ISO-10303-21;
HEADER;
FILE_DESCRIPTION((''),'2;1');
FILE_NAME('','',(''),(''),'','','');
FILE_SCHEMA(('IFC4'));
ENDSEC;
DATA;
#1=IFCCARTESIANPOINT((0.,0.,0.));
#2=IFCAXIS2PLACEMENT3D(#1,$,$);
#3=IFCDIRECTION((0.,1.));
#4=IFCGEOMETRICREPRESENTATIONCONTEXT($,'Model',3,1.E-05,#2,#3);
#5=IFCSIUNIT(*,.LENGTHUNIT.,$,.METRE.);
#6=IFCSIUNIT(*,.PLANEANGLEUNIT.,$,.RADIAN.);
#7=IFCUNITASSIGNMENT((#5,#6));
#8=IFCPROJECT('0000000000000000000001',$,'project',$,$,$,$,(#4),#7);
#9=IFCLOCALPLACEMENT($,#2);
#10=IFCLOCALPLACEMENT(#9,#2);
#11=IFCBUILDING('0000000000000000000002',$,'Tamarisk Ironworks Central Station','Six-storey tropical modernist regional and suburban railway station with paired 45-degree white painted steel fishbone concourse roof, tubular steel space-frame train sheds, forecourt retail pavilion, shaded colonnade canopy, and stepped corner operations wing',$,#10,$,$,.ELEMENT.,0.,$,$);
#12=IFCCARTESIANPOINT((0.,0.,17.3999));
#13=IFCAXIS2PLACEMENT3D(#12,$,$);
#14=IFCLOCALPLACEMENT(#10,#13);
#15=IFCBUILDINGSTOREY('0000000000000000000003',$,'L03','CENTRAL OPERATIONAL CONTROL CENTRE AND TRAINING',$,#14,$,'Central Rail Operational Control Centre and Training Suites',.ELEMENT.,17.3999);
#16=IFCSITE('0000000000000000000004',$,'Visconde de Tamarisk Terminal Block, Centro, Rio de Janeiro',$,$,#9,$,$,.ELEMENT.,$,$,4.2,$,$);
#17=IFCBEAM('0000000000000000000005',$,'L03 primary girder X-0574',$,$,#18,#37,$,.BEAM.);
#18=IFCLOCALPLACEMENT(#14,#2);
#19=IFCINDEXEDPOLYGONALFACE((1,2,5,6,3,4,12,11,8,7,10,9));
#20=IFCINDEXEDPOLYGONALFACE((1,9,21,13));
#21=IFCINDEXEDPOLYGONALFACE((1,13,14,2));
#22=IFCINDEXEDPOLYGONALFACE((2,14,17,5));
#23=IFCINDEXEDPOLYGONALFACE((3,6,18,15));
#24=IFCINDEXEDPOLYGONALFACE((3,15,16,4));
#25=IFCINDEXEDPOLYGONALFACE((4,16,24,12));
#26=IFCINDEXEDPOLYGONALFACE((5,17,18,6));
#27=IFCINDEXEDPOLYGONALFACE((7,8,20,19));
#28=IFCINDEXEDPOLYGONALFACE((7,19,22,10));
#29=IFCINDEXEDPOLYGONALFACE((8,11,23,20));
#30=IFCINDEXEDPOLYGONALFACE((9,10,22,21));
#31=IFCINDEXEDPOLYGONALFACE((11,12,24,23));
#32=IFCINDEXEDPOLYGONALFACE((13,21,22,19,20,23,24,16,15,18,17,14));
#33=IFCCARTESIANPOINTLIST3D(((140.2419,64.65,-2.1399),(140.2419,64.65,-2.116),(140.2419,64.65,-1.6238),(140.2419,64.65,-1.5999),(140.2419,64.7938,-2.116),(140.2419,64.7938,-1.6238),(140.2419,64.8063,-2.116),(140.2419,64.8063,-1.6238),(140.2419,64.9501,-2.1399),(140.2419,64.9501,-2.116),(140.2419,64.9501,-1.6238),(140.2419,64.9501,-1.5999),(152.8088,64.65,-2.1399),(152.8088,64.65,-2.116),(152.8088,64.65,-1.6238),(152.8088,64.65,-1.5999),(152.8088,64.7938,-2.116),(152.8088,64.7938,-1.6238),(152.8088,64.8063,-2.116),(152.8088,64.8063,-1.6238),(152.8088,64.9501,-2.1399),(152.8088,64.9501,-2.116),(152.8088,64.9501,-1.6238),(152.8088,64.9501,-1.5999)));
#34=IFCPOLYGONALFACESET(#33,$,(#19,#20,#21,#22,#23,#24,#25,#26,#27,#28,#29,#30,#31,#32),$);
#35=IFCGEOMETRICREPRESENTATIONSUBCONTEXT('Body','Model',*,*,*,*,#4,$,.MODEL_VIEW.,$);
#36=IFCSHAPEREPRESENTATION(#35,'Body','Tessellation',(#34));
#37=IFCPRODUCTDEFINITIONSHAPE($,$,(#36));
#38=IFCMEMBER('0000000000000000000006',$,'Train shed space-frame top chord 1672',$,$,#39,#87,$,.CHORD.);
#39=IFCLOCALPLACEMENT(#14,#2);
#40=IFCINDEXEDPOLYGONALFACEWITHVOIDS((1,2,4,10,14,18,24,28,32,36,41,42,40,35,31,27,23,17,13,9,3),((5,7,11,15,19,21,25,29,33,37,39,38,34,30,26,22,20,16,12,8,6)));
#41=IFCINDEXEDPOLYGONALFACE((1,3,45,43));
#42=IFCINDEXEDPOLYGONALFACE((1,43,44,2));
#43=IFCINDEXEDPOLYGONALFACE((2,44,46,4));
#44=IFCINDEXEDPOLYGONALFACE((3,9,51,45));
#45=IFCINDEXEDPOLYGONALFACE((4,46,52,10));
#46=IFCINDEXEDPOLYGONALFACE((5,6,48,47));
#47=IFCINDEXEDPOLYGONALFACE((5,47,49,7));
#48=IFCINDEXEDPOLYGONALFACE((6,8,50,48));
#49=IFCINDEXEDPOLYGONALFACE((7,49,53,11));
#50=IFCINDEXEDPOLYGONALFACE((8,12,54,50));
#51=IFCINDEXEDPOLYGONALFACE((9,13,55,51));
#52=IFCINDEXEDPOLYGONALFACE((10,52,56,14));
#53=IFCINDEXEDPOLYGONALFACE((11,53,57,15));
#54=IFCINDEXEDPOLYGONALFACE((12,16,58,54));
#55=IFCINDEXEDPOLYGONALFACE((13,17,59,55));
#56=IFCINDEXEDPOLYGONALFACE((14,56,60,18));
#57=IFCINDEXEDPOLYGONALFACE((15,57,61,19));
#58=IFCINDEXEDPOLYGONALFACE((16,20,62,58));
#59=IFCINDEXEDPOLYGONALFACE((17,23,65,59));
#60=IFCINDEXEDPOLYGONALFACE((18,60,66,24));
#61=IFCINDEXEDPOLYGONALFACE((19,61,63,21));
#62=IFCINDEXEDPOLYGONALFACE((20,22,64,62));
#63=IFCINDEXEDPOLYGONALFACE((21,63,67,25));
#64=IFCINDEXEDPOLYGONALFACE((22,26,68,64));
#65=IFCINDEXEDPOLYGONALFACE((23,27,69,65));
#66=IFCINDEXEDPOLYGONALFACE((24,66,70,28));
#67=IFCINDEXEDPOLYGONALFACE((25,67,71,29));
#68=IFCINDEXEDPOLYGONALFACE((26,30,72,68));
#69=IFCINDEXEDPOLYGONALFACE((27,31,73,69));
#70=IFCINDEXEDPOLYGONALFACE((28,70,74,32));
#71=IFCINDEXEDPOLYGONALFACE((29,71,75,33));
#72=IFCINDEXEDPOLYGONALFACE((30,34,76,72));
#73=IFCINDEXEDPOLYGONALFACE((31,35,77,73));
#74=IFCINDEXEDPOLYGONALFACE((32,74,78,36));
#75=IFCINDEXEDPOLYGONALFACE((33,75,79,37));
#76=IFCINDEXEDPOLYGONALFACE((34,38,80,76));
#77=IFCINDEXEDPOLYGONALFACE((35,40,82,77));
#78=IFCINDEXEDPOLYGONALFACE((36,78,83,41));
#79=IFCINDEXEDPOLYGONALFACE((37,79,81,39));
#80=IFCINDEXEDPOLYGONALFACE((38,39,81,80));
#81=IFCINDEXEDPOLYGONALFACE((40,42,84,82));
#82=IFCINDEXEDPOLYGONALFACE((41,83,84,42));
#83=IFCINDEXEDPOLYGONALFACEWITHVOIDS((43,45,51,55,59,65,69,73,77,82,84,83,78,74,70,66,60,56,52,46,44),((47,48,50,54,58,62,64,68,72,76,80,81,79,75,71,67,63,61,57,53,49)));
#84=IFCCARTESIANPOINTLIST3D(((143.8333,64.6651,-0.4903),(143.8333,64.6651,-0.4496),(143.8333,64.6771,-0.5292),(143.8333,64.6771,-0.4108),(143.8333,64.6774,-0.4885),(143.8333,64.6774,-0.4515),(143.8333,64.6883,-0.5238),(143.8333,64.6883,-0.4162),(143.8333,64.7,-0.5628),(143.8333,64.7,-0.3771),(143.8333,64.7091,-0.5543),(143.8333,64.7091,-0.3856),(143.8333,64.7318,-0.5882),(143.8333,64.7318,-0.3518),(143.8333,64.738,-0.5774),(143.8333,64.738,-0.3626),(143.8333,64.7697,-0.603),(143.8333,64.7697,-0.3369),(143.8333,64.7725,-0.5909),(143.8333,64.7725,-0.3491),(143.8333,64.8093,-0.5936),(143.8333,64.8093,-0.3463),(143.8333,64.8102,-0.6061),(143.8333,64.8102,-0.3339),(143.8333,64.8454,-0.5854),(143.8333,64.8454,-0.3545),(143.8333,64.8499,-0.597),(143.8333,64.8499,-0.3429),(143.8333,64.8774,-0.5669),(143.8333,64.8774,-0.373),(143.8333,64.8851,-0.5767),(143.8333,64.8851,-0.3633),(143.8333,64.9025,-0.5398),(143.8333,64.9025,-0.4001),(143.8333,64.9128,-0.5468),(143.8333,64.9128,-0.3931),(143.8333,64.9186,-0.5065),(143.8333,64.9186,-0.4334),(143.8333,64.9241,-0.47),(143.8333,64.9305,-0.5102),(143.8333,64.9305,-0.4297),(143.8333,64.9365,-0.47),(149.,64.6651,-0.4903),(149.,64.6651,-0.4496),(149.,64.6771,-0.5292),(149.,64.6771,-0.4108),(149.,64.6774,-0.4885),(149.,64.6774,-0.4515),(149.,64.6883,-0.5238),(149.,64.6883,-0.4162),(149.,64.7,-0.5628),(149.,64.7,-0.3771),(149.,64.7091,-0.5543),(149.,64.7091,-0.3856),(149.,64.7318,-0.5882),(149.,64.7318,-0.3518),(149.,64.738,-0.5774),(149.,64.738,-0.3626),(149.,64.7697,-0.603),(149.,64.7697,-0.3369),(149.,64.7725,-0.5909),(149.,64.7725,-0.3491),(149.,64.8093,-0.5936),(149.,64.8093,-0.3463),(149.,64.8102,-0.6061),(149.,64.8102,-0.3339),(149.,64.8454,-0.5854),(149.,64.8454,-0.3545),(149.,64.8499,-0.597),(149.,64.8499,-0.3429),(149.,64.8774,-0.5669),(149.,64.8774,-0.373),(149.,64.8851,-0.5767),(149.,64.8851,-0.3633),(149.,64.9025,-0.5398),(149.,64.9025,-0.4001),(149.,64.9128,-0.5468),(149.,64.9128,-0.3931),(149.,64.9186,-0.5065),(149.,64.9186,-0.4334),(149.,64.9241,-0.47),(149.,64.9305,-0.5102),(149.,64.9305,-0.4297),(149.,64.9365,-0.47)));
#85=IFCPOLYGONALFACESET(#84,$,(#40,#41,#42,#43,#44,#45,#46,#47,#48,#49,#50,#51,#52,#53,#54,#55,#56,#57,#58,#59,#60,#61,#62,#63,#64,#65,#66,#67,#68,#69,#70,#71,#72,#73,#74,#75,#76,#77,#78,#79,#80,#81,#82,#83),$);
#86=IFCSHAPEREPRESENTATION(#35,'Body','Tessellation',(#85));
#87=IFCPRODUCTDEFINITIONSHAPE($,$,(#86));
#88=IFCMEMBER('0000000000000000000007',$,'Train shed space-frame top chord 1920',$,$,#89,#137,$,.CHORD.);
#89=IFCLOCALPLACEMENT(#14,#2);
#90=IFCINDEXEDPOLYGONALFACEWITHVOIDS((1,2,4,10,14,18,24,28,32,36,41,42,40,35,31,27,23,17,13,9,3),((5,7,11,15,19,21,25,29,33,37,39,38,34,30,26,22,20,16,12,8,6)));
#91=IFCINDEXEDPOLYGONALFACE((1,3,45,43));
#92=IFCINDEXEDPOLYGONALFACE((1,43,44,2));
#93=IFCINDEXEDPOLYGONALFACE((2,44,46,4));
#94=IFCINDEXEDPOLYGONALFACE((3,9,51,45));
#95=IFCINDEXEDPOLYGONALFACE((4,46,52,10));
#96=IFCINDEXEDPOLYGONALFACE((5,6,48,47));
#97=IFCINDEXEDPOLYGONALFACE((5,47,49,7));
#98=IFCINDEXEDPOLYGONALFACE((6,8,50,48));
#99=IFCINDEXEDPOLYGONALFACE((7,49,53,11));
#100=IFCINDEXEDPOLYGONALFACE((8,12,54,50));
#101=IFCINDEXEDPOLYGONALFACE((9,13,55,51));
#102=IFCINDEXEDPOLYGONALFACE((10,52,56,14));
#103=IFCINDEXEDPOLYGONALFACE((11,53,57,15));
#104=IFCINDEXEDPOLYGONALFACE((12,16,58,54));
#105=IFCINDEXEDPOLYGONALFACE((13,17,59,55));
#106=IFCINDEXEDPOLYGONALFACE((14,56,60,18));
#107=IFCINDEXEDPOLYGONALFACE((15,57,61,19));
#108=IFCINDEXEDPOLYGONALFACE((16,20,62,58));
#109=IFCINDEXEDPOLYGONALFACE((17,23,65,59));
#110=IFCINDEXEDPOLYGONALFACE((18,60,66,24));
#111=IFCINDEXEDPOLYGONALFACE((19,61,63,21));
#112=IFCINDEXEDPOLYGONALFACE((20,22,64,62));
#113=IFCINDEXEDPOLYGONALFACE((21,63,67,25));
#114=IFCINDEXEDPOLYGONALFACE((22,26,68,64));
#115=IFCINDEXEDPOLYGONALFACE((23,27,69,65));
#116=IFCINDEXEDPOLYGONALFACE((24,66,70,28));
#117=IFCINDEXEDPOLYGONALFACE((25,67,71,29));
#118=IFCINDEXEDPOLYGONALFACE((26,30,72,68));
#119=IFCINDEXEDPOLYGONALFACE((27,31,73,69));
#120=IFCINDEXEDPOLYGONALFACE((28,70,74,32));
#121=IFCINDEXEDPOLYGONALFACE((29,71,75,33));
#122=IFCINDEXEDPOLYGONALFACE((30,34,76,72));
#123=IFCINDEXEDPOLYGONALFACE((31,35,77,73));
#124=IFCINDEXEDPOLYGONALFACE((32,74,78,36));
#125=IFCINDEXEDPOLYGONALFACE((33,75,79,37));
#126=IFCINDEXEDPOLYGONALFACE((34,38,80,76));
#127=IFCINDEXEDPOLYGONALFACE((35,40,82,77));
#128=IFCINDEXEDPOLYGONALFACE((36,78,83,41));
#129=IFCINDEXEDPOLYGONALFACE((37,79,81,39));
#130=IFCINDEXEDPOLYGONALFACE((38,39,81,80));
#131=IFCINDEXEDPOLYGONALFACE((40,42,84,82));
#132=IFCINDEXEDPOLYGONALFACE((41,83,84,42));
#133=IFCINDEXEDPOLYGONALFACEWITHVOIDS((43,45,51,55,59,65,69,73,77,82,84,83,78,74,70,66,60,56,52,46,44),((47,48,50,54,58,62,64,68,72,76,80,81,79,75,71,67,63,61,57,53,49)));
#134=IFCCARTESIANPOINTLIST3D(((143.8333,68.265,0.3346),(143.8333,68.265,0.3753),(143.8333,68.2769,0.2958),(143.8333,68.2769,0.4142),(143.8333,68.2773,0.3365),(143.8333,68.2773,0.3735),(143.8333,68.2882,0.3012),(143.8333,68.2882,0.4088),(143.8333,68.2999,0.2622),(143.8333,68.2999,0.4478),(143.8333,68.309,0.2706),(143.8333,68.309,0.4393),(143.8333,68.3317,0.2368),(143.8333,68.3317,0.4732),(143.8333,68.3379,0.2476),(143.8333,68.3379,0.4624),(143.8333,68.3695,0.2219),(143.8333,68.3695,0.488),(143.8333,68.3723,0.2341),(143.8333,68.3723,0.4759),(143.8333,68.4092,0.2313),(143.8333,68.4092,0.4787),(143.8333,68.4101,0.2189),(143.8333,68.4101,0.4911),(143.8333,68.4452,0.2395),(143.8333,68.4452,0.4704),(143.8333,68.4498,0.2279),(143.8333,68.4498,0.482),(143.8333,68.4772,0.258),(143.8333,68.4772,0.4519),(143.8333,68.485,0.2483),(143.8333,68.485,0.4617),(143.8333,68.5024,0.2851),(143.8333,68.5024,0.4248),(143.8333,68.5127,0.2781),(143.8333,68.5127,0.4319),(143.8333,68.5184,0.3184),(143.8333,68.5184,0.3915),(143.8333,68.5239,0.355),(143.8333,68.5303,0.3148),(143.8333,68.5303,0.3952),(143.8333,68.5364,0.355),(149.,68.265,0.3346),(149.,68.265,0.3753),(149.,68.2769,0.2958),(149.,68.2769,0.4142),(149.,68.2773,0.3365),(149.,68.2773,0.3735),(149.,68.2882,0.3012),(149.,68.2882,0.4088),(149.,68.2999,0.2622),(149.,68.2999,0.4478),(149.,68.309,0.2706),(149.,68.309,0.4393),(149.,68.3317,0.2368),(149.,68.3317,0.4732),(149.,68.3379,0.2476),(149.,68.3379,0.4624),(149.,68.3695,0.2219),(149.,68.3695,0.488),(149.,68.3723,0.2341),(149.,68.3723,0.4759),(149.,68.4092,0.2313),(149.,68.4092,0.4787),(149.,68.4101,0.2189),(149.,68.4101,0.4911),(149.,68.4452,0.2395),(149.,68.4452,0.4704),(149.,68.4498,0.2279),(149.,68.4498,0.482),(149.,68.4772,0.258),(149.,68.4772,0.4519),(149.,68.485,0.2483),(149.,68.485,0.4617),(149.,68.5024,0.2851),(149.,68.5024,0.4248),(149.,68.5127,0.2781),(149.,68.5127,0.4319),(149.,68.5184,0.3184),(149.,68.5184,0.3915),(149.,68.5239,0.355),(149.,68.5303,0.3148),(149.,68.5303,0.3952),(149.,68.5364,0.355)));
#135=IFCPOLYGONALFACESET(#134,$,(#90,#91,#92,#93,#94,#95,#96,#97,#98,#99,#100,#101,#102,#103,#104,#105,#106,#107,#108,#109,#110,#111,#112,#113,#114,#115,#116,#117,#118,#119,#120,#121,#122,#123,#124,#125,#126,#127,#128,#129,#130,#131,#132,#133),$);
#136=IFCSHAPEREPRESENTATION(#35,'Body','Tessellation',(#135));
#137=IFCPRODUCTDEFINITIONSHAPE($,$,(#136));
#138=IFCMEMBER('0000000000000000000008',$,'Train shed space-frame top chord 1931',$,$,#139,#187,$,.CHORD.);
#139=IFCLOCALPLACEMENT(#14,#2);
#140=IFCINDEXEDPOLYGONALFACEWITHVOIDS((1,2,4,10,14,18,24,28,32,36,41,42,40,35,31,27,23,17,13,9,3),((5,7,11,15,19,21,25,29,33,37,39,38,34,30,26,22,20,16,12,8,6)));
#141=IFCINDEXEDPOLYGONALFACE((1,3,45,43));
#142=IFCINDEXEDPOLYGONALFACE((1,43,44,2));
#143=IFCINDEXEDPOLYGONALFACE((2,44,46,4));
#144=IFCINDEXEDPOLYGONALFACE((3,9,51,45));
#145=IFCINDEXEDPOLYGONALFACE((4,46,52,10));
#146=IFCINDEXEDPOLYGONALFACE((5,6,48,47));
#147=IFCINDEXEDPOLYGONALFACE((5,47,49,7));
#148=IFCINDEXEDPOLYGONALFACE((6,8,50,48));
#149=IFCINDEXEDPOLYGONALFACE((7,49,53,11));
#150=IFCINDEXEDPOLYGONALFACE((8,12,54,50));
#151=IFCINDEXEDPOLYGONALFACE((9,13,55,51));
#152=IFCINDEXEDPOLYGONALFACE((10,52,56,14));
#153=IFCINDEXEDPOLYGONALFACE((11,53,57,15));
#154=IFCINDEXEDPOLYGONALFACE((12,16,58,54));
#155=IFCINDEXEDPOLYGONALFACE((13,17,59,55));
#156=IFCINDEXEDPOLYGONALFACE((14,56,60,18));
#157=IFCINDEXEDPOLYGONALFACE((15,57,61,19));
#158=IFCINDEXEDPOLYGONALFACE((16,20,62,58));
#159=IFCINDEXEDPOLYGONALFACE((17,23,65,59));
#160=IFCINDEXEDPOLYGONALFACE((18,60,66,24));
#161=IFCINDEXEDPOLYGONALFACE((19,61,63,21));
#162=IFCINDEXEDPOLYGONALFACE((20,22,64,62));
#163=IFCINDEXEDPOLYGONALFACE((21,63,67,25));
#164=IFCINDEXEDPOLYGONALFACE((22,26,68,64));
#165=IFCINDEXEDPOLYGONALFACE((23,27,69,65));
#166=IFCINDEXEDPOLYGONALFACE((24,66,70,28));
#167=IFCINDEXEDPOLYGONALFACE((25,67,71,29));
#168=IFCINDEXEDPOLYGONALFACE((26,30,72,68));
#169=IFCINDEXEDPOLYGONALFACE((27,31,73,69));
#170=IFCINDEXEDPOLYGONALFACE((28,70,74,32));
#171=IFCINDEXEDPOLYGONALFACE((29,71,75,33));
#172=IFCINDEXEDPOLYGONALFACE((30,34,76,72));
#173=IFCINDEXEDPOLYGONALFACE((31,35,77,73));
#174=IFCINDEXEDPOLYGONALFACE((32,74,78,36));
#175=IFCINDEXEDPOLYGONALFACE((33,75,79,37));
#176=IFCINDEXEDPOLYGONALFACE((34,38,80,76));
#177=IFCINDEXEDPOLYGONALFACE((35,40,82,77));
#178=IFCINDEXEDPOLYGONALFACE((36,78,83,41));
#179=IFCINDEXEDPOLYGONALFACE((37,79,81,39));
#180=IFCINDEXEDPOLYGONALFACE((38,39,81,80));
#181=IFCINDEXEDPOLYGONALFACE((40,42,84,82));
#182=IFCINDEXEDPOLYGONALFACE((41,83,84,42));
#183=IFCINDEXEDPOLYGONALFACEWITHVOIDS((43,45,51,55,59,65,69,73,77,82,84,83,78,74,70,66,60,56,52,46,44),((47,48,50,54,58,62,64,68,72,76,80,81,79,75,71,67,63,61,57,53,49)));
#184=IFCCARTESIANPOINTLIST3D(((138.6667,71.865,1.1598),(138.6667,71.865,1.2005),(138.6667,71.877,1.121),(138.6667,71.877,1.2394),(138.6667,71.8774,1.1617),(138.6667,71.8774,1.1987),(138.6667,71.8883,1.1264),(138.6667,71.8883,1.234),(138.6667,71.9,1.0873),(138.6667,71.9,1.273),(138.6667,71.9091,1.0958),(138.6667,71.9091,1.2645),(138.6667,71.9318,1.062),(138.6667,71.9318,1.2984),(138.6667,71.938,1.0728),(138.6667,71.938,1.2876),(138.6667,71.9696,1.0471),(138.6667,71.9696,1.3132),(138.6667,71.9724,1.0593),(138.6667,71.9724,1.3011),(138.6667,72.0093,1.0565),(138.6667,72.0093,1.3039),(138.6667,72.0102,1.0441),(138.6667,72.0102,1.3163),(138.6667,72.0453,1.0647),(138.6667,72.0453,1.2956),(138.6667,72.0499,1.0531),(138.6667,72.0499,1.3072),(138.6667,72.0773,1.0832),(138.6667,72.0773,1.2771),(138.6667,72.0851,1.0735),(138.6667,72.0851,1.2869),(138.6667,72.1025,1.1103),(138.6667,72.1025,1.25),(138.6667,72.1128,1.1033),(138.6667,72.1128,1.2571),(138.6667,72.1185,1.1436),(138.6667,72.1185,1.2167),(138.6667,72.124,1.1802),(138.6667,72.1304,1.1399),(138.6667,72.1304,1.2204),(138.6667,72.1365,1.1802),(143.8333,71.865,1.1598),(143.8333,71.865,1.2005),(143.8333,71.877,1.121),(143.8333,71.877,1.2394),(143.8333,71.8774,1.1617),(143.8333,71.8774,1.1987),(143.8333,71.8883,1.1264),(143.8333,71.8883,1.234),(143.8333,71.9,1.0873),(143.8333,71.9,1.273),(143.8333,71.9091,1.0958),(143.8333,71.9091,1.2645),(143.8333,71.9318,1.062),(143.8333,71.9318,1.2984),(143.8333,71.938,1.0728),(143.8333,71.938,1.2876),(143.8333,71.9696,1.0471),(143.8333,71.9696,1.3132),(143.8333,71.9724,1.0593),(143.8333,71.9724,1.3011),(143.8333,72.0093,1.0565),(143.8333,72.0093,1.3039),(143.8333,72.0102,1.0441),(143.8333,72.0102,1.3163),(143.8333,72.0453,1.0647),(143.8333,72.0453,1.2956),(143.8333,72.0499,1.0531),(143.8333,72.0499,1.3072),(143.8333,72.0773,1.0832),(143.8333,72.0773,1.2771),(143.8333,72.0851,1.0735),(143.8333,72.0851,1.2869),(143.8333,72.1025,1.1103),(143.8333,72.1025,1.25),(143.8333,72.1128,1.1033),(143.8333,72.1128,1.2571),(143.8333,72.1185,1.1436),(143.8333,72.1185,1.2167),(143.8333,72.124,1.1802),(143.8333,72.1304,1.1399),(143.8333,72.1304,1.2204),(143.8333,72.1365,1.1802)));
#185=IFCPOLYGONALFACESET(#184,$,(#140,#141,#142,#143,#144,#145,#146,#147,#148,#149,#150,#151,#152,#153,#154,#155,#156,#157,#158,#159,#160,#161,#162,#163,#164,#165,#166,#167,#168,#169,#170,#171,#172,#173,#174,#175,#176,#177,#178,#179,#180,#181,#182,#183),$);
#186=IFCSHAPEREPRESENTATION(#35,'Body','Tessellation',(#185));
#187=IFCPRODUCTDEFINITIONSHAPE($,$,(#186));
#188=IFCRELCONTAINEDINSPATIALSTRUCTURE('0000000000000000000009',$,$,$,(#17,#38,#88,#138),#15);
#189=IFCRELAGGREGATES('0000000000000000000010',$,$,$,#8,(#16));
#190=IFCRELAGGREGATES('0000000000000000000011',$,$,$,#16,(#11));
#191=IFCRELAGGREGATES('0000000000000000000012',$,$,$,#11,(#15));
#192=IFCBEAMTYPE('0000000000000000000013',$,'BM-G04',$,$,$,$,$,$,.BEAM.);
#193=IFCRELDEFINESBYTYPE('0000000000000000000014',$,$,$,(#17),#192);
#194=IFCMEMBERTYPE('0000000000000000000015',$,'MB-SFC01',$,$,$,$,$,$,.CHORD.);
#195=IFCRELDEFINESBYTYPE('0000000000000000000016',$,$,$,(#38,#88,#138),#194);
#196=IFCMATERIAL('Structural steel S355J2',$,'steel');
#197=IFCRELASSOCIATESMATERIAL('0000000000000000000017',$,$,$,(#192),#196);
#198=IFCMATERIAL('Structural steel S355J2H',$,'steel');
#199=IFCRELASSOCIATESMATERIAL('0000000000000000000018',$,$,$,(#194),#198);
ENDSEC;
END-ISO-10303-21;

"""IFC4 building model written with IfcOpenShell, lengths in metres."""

from ifc_helpers import new_model, si_unit, direction, frame, origin, origin_2d, place, context, subcontext, project, spatial, hollow_circle, i_section, extrude, material, material_profile, profile_set, type_object, element, save


model = new_model("IFC4")

# Units and contexts
model_context = context("Model", 3, precision=1e-05, world=origin(), true_north=direction((0.0, 1.0)))
body_context = subcontext(model_context, "Body", "Model", "MODEL_VIEW")
ifc_project = project(units=[si_unit("LENGTHUNIT", "METRE"), si_unit("PLANEANGLEUNIT", "RADIAN")], contexts=[model_context])

# Site, building, storey
site_placement = place(None, origin())
site = spatial("IfcSite", under=ifc_project, at=site_placement, Name="Visconde de Tamarisk Terminal Block, Centro, Rio de Janeiro", CompositionType="ELEMENT", RefElevation=4.2)
building_placement = place(site_placement, origin())
building = spatial("IfcBuilding", under=site, at=building_placement, Name="Tamarisk Ironworks Central Station", Description="Six-storey tropical modernist regional and suburban railway station with paired 45-degree white painted steel fishbone concourse roof, tubular steel space-frame train sheds, forecourt retail pavilion, shaded colonnade canopy, and stepped corner operations wing", CompositionType="ELEMENT", ElevationOfRefHeight=0.0)
storey_placement = place(building_placement, frame((0.0, 0.0, 17.3999)))
storey = spatial("IfcBuildingStorey", under=building, at=storey_placement, Name="L03", Description="CENTRAL OPERATIONAL CONTROL CENTRE AND TRAINING", LongName="Central Rail Operational Control Centre and Training Suites", CompositionType="ELEMENT", Elevation=17.3999)

# Beam
ifc_material_1 = material(Name="Structural steel S355J2", Category="steel")
ifc_material_profile_1 = material_profile(ifc_material_1, i_section(OverallWidth=0.3, OverallDepth=0.54, WebThickness=0.0125, FlangeThickness=0.0239, at=origin_2d()), Name="HEA 550")
ifc_profile_set_1 = profile_set([ifc_material_profile_1], Name="Structural steel S355J2")
beam_type = type_object("IfcBeamType", Name="BM-G04", PredefinedType="BEAM", material=ifc_profile_set_1)
beam_placement = place(storey_placement, frame((140.2419, 64.8, -1.8699), z_axis=(1.0, 0.0, 0.0), x_axis=(0.0, 1.0, 0.0)))
element("IfcBeam", 1, at=beam_placement, inside=storey, type_object=beam_type, Name="L03 primary girder X-0574", PredefinedType="BEAM", context=body_context, shape_type="SweptSolid", body=[
    extrude(i_section(OverallWidth=0.3, OverallDepth=0.54, WebThickness=0.0125, FlangeThickness=0.0239, at=origin_2d()), origin(), (0.0, 0.0, 1.0), 12.5669),
])

# Members
ifc_material_2 = material(Name="Structural steel S355J2H", Category="steel")
ifc_material_profile_2 = material_profile(ifc_material_2, hollow_circle(Radius=0.1365, WallThickness=0.0125, at=origin_2d()), Name="CHS 273x12.5")
ifc_profile_set_2 = profile_set([ifc_material_profile_2], Name="Structural steel S355J2H")
member_type_1 = type_object("IfcMemberType", Name="MB-SFC01", PredefinedType="CHORD", material=ifc_profile_set_2)
for number, where, z_axis, x_axis, name in (
    (2, (143.8333, 64.8, -0.47), (1.0, 0.0, 0.0), (0.0, 1.0, 0.0), "Train shed space-frame top chord 1672"),
    (3, (143.8333, 68.3999, 0.355), (1.0, 0.0, 0.0), (0.0, 1.0, 0.0), "Train shed space-frame top chord 1920"),
):
    element("IfcMember", number, at=place(storey_placement, frame(where, z_axis=z_axis, x_axis=x_axis)), inside=storey, type_object=member_type_1, Name=name, PredefinedType="CHORD", context=body_context, shape_type="SweptSolid", body=[
        extrude(hollow_circle(Radius=0.1365, WallThickness=0.0125, at=origin_2d()), origin(), (0.0, 0.0, 1.0), 5.1667),
    ])
member_1_placement = place(storey_placement, frame((138.6667, 72.0, 1.1802), z_axis=(1.0, 0.0, 0.0), x_axis=(0.0, 1.0, 0.0)))
element("IfcMember", 4, at=member_1_placement, inside=storey, type_object=member_type_1, Name="Train shed space-frame top chord 1931", PredefinedType="CHORD", context=body_context, shape_type="SweptSolid", body=[
    extrude(hollow_circle(Radius=0.1365, WallThickness=0.0125, at=origin_2d()), origin(), (0.0, 0.0, 1.0), 5.1665),
])

save(model, "model.ifc")
